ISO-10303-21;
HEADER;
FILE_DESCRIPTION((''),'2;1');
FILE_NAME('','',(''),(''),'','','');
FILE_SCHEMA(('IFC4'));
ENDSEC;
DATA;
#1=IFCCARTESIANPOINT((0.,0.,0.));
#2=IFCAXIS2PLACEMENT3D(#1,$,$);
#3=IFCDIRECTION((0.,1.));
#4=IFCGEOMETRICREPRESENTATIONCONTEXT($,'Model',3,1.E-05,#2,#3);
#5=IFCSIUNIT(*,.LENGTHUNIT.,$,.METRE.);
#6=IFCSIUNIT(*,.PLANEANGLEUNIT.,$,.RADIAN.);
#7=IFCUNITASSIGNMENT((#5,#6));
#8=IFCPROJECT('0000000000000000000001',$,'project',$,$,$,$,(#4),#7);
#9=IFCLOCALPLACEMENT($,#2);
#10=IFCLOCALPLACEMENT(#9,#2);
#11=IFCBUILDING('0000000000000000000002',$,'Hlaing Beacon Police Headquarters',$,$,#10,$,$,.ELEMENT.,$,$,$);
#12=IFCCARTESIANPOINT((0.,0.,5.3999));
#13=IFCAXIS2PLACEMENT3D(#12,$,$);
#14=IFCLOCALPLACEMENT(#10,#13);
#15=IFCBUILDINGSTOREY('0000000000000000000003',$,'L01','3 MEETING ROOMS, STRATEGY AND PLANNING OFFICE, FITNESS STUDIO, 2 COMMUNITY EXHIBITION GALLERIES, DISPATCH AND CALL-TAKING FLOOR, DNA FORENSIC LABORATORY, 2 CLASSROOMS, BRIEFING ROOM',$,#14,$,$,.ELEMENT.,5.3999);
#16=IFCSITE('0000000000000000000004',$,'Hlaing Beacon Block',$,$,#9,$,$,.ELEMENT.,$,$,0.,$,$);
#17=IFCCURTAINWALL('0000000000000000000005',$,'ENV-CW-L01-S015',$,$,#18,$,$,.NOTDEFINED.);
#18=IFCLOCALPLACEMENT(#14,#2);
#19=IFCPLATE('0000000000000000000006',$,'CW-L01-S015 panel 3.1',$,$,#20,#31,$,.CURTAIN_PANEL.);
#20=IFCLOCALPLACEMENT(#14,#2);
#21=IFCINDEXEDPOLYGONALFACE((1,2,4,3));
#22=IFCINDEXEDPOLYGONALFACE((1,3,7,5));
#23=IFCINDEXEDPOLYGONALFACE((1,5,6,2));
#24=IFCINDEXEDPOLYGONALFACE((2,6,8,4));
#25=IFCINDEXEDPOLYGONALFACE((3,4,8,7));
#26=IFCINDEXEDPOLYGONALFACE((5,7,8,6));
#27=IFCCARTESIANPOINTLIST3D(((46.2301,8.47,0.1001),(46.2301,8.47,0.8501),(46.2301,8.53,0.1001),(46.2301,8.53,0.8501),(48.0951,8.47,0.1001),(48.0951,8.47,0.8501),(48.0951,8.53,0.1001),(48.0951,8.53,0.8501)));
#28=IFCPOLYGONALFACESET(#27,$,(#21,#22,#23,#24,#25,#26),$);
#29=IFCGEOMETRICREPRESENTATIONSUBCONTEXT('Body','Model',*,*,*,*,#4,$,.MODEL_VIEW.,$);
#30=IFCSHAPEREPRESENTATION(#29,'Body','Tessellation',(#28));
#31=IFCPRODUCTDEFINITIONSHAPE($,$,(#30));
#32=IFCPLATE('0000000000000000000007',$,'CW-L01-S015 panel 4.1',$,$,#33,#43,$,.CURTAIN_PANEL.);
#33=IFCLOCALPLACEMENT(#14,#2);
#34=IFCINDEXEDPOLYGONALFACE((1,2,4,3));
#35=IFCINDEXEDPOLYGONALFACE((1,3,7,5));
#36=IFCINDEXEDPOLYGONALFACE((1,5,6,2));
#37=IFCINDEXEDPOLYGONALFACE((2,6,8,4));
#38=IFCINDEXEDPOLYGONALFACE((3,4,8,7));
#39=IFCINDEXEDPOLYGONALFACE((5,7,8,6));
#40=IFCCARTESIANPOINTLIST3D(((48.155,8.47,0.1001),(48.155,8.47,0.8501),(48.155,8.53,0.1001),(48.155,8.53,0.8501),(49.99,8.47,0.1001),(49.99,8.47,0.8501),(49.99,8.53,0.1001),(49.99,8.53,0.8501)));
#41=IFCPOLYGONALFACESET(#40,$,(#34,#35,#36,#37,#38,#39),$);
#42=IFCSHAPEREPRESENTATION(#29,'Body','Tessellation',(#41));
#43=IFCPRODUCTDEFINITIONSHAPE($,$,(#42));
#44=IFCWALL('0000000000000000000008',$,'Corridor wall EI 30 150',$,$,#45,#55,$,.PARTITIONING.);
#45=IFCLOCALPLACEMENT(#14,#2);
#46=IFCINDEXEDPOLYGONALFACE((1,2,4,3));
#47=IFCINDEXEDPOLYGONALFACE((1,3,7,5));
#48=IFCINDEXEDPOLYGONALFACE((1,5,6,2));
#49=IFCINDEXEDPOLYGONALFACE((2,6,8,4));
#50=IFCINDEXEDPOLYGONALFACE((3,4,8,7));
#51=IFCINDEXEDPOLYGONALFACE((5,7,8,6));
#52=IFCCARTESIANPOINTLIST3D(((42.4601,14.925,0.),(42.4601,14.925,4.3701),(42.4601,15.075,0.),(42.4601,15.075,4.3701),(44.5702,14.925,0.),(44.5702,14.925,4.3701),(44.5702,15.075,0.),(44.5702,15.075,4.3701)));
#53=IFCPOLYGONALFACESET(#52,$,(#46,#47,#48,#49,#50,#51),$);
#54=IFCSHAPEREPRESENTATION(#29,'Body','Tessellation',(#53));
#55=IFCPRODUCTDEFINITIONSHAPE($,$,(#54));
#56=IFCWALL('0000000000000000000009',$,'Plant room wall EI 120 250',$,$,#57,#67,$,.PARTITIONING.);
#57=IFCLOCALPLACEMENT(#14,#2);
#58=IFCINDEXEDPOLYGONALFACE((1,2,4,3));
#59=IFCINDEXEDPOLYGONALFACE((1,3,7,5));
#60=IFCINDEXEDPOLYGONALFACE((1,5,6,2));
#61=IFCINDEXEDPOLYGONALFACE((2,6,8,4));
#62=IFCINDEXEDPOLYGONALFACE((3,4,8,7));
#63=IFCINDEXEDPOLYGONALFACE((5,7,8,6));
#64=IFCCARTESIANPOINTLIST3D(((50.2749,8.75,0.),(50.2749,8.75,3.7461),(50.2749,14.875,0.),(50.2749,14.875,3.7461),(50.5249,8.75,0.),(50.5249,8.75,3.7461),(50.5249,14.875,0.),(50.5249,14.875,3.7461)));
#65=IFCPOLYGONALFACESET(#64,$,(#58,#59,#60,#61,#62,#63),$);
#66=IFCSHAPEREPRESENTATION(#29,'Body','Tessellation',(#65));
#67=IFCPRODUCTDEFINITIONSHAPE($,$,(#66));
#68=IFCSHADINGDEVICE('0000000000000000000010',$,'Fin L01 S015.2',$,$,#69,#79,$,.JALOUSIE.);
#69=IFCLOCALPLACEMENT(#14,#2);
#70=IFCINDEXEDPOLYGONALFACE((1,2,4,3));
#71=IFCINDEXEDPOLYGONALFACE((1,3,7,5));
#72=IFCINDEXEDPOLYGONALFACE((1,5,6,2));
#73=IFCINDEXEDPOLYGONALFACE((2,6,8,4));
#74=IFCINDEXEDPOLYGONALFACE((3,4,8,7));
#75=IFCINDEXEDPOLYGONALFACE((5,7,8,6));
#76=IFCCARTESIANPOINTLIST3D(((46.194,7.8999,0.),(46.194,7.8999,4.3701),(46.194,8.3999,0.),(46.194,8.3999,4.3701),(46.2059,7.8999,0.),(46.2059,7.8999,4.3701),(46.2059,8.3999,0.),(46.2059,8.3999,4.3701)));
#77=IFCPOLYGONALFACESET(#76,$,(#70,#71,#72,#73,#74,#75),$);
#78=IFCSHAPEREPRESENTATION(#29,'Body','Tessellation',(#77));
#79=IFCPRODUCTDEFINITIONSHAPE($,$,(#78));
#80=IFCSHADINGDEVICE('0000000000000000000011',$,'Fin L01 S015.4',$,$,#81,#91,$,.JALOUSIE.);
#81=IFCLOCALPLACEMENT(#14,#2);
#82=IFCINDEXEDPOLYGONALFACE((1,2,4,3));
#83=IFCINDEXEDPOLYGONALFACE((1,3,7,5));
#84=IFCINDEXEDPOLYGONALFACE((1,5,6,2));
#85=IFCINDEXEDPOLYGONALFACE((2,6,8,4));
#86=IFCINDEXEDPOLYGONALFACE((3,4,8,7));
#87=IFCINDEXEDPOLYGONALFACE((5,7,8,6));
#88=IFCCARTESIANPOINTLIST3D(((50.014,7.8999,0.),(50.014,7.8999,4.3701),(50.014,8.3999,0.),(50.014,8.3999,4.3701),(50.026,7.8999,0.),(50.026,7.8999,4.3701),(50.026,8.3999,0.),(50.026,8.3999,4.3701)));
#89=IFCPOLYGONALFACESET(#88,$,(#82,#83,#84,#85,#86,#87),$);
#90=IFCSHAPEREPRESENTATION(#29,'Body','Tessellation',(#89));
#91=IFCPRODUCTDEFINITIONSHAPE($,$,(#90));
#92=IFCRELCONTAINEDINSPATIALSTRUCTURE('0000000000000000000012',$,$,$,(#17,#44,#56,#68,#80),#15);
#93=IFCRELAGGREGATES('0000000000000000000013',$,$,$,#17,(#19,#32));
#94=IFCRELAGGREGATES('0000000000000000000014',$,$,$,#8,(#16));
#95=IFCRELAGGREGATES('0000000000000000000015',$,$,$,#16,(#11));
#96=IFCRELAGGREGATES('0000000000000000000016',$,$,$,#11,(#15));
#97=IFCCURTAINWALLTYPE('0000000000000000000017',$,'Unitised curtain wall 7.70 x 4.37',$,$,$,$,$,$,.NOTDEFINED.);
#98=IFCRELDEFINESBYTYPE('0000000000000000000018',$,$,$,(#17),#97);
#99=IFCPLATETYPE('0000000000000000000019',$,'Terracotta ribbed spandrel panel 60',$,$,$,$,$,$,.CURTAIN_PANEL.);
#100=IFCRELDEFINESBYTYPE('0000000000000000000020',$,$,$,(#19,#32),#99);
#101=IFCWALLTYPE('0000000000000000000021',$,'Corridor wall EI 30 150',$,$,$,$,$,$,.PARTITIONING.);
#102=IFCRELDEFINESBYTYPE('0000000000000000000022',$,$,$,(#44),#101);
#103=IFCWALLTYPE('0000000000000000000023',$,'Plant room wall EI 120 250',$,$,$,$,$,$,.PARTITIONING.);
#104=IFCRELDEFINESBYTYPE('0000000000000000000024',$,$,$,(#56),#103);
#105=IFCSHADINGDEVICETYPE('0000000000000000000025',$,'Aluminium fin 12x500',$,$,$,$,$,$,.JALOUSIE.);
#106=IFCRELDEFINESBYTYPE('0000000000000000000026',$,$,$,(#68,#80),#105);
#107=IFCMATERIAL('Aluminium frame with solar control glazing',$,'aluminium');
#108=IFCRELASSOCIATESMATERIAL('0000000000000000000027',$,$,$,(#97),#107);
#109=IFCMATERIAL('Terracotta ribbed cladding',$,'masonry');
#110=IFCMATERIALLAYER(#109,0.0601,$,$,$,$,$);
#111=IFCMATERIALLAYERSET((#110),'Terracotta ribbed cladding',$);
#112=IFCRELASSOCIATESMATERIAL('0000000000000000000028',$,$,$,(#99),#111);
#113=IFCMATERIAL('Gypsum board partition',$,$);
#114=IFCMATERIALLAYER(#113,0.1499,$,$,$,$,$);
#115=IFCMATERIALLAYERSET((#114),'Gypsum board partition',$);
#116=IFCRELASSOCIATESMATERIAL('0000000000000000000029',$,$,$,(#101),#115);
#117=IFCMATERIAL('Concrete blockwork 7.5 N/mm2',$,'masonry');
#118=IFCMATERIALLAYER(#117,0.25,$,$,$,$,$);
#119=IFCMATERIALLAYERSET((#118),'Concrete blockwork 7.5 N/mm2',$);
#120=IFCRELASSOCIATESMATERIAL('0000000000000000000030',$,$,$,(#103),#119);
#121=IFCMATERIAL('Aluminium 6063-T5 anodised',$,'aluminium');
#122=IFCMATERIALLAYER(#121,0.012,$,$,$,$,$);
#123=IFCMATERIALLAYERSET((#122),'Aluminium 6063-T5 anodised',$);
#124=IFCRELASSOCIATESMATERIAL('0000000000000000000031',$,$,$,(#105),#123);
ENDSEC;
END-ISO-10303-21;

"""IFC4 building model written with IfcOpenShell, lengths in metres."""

from ifc_helpers import new_model, si_unit, direction, frame, frame_2d, origin, origin_2d, place, context, subcontext, project, spatial, rectangle, extrude, material, layer, layer_set, type_object, element, aggregate, save


model = new_model("IFC4")

# Units and contexts
model_context = context("Model", 3, precision=1e-05, world=origin(), true_north=direction((0.0, 1.0)))
body_context = subcontext(model_context, "Body", "Model", "MODEL_VIEW")
ifc_project = project(units=[si_unit("LENGTHUNIT", "METRE"), si_unit("PLANEANGLEUNIT", "RADIAN")], contexts=[model_context])

# Site, building, storey
site_placement = place(None, origin())
site = spatial("IfcSite", under=ifc_project, at=site_placement, Name="Hlaing Beacon Block", CompositionType="ELEMENT", RefElevation=0.0)
building_placement = place(site_placement, origin())
building = spatial("IfcBuilding", under=site, at=building_placement, Name="Hlaing Beacon Police Headquarters", CompositionType="ELEMENT")
storey_placement = place(building_placement, frame((0.0, 0.0, 5.3999)))
storey = spatial("IfcBuildingStorey", under=building, at=storey_placement, Name="L01", Description="3 MEETING ROOMS, STRATEGY AND PLANNING OFFICE, FITNESS STUDIO, 2 COMMUNITY EXHIBITION GALLERIES, DISPATCH AND CALL-TAKING FLOOR, DNA FORENSIC LABORATORY, 2 CLASSROOMS, BRIEFING ROOM", CompositionType="ELEMENT", Elevation=5.3999)

# Curtain wall, plates
ifc_material_1 = material(Name="Aluminium frame with solar control glazing", Category="aluminium")
curtain_wall_type = type_object("IfcCurtainWallType", Name="Unitised curtain wall 7.70 x 4.37", PredefinedType="NOTDEFINED", material=ifc_material_1)
curtain_wall_placement = place(storey_placement, origin())
curtain_wall = element("IfcCurtainWall", 1, at=curtain_wall_placement, inside=storey, type_object=curtain_wall_type, Name="ENV-CW-L01-S015", PredefinedType="NOTDEFINED")
ifc_material_2 = material(Name="Terracotta ribbed cladding", Category="masonry")
ifc_layer_1 = layer(ifc_material_2, 0.0601)
ifc_layer_set_1 = layer_set([ifc_layer_1], Name="Terracotta ribbed cladding")
plate_type_1 = type_object("IfcPlateType", Name="Terracotta ribbed spandrel panel 60", PredefinedType="CURTAIN_PANEL", material=ifc_layer_set_1)
plate_1_placement = place(storey_placement, frame((47.1626, 8.5, 0.1001), z_axis=(0.0, 0.0, 1.0), x_axis=(1.0, 0.0, 0.0)))
plate_1 = element("IfcPlate", 2, at=plate_1_placement, type_object=plate_type_1, Name="CW-L01-S015 panel 3.1", PredefinedType="CURTAIN_PANEL", context=body_context, shape_type="SweptSolid", body=[
    extrude(rectangle(XDim=1.865, YDim=0.0601, at=origin_2d()), origin(), (0.0, 0.0, 1.0), 0.75),
])
plate_2_placement = place(storey_placement, frame((49.0725, 8.5, 0.1001), z_axis=(0.0, 0.0, 1.0), x_axis=(1.0, 0.0, 0.0)))
plate_2 = element("IfcPlate", 3, at=plate_2_placement, type_object=plate_type_1, Name="CW-L01-S015 panel 4.1", PredefinedType="CURTAIN_PANEL", context=body_context, shape_type="SweptSolid", body=[
    extrude(rectangle(XDim=1.835, YDim=0.0601, at=origin_2d()), origin(), (0.0, 0.0, 1.0), 0.75),
])
aggregate(curtain_wall, [plate_1, plate_2])

# Walls
ifc_material_3 = material(Name="Gypsum board partition")
ifc_layer_2 = layer(ifc_material_3, 0.1499)
ifc_layer_set_2 = layer_set([ifc_layer_2], Name="Gypsum board partition")
wall_type_1 = type_object("IfcWallType", Name="Corridor wall EI 30 150", PredefinedType="PARTITIONING", material=ifc_layer_set_2)
wall_1_placement = place(storey_placement, frame((42.46, 15.0, 0.0), z_axis=(0.0, 0.0, 1.0), x_axis=(1.0, 0.0, 0.0)))
element("IfcWall", 4, at=wall_1_placement, inside=storey, type_object=wall_type_1, Name="Corridor wall EI 30 150", PredefinedType="PARTITIONING", context=body_context, shape_type="SweptSolid", body=[
    extrude(rectangle(XDim=2.1101, YDim=0.1499, at=frame_2d((1.0552, 0.0))), origin(), (0.0, 0.0, 1.0), 4.3701),
])
ifc_material_4 = material(Name="Concrete blockwork 7.5 N/mm2", Category="masonry")
ifc_layer_3 = layer(ifc_material_4, 0.25)
ifc_layer_set_3 = layer_set([ifc_layer_3], Name="Concrete blockwork 7.5 N/mm2")
wall_type_2 = type_object("IfcWallType", Name="Plant room wall EI 120 250", PredefinedType="PARTITIONING", material=ifc_layer_set_3)
wall_2_placement = place(storey_placement, frame((50.3999, 8.75, 0.0), z_axis=(0.0, 0.0, 1.0), x_axis=(0.0, 1.0, 0.0)))
element("IfcWall", 5, at=wall_2_placement, inside=storey, type_object=wall_type_2, Name="Plant room wall EI 120 250", PredefinedType="PARTITIONING", context=body_context, shape_type="SweptSolid", body=[
    extrude(rectangle(XDim=6.125, YDim=0.25, at=frame_2d((3.0625, 0.0))), origin(), (0.0, 0.0, 1.0), 3.7461),
])

# Shading devices
ifc_material_5 = material(Name="Aluminium 6063-T5 anodised", Category="aluminium")
ifc_layer_4 = layer(ifc_material_5, 0.012)
ifc_layer_set_4 = layer_set([ifc_layer_4], Name="Aluminium 6063-T5 anodised")
shading_device_type = type_object("IfcShadingDeviceType", Name="Aluminium fin 12x500", PredefinedType="JALOUSIE", material=ifc_layer_set_4)
for number, where, z_axis, x_axis, name in (
    (6, (46.2, 8.1499, 0.0), (0.0, 0.0, 1.0), (1.0, 0.0, 0.0), "Fin L01 S015.2"),
    (7, (50.02, 8.1499, 0.0), (0.0, 0.0, 1.0), (1.0, 0.0, 0.0), "Fin L01 S015.4"),
):
    element("IfcShadingDevice", number, at=place(storey_placement, frame(where, z_axis=z_axis, x_axis=x_axis)), inside=storey, type_object=shading_device_type, Name=name, PredefinedType="JALOUSIE", context=body_context, shape_type="SweptSolid", body=[
        extrude(rectangle(XDim=0.012, YDim=0.5, at=origin_2d()), origin(), (0.0, 0.0, 1.0), 4.3701),
    ])

save(model, "model.ifc")
